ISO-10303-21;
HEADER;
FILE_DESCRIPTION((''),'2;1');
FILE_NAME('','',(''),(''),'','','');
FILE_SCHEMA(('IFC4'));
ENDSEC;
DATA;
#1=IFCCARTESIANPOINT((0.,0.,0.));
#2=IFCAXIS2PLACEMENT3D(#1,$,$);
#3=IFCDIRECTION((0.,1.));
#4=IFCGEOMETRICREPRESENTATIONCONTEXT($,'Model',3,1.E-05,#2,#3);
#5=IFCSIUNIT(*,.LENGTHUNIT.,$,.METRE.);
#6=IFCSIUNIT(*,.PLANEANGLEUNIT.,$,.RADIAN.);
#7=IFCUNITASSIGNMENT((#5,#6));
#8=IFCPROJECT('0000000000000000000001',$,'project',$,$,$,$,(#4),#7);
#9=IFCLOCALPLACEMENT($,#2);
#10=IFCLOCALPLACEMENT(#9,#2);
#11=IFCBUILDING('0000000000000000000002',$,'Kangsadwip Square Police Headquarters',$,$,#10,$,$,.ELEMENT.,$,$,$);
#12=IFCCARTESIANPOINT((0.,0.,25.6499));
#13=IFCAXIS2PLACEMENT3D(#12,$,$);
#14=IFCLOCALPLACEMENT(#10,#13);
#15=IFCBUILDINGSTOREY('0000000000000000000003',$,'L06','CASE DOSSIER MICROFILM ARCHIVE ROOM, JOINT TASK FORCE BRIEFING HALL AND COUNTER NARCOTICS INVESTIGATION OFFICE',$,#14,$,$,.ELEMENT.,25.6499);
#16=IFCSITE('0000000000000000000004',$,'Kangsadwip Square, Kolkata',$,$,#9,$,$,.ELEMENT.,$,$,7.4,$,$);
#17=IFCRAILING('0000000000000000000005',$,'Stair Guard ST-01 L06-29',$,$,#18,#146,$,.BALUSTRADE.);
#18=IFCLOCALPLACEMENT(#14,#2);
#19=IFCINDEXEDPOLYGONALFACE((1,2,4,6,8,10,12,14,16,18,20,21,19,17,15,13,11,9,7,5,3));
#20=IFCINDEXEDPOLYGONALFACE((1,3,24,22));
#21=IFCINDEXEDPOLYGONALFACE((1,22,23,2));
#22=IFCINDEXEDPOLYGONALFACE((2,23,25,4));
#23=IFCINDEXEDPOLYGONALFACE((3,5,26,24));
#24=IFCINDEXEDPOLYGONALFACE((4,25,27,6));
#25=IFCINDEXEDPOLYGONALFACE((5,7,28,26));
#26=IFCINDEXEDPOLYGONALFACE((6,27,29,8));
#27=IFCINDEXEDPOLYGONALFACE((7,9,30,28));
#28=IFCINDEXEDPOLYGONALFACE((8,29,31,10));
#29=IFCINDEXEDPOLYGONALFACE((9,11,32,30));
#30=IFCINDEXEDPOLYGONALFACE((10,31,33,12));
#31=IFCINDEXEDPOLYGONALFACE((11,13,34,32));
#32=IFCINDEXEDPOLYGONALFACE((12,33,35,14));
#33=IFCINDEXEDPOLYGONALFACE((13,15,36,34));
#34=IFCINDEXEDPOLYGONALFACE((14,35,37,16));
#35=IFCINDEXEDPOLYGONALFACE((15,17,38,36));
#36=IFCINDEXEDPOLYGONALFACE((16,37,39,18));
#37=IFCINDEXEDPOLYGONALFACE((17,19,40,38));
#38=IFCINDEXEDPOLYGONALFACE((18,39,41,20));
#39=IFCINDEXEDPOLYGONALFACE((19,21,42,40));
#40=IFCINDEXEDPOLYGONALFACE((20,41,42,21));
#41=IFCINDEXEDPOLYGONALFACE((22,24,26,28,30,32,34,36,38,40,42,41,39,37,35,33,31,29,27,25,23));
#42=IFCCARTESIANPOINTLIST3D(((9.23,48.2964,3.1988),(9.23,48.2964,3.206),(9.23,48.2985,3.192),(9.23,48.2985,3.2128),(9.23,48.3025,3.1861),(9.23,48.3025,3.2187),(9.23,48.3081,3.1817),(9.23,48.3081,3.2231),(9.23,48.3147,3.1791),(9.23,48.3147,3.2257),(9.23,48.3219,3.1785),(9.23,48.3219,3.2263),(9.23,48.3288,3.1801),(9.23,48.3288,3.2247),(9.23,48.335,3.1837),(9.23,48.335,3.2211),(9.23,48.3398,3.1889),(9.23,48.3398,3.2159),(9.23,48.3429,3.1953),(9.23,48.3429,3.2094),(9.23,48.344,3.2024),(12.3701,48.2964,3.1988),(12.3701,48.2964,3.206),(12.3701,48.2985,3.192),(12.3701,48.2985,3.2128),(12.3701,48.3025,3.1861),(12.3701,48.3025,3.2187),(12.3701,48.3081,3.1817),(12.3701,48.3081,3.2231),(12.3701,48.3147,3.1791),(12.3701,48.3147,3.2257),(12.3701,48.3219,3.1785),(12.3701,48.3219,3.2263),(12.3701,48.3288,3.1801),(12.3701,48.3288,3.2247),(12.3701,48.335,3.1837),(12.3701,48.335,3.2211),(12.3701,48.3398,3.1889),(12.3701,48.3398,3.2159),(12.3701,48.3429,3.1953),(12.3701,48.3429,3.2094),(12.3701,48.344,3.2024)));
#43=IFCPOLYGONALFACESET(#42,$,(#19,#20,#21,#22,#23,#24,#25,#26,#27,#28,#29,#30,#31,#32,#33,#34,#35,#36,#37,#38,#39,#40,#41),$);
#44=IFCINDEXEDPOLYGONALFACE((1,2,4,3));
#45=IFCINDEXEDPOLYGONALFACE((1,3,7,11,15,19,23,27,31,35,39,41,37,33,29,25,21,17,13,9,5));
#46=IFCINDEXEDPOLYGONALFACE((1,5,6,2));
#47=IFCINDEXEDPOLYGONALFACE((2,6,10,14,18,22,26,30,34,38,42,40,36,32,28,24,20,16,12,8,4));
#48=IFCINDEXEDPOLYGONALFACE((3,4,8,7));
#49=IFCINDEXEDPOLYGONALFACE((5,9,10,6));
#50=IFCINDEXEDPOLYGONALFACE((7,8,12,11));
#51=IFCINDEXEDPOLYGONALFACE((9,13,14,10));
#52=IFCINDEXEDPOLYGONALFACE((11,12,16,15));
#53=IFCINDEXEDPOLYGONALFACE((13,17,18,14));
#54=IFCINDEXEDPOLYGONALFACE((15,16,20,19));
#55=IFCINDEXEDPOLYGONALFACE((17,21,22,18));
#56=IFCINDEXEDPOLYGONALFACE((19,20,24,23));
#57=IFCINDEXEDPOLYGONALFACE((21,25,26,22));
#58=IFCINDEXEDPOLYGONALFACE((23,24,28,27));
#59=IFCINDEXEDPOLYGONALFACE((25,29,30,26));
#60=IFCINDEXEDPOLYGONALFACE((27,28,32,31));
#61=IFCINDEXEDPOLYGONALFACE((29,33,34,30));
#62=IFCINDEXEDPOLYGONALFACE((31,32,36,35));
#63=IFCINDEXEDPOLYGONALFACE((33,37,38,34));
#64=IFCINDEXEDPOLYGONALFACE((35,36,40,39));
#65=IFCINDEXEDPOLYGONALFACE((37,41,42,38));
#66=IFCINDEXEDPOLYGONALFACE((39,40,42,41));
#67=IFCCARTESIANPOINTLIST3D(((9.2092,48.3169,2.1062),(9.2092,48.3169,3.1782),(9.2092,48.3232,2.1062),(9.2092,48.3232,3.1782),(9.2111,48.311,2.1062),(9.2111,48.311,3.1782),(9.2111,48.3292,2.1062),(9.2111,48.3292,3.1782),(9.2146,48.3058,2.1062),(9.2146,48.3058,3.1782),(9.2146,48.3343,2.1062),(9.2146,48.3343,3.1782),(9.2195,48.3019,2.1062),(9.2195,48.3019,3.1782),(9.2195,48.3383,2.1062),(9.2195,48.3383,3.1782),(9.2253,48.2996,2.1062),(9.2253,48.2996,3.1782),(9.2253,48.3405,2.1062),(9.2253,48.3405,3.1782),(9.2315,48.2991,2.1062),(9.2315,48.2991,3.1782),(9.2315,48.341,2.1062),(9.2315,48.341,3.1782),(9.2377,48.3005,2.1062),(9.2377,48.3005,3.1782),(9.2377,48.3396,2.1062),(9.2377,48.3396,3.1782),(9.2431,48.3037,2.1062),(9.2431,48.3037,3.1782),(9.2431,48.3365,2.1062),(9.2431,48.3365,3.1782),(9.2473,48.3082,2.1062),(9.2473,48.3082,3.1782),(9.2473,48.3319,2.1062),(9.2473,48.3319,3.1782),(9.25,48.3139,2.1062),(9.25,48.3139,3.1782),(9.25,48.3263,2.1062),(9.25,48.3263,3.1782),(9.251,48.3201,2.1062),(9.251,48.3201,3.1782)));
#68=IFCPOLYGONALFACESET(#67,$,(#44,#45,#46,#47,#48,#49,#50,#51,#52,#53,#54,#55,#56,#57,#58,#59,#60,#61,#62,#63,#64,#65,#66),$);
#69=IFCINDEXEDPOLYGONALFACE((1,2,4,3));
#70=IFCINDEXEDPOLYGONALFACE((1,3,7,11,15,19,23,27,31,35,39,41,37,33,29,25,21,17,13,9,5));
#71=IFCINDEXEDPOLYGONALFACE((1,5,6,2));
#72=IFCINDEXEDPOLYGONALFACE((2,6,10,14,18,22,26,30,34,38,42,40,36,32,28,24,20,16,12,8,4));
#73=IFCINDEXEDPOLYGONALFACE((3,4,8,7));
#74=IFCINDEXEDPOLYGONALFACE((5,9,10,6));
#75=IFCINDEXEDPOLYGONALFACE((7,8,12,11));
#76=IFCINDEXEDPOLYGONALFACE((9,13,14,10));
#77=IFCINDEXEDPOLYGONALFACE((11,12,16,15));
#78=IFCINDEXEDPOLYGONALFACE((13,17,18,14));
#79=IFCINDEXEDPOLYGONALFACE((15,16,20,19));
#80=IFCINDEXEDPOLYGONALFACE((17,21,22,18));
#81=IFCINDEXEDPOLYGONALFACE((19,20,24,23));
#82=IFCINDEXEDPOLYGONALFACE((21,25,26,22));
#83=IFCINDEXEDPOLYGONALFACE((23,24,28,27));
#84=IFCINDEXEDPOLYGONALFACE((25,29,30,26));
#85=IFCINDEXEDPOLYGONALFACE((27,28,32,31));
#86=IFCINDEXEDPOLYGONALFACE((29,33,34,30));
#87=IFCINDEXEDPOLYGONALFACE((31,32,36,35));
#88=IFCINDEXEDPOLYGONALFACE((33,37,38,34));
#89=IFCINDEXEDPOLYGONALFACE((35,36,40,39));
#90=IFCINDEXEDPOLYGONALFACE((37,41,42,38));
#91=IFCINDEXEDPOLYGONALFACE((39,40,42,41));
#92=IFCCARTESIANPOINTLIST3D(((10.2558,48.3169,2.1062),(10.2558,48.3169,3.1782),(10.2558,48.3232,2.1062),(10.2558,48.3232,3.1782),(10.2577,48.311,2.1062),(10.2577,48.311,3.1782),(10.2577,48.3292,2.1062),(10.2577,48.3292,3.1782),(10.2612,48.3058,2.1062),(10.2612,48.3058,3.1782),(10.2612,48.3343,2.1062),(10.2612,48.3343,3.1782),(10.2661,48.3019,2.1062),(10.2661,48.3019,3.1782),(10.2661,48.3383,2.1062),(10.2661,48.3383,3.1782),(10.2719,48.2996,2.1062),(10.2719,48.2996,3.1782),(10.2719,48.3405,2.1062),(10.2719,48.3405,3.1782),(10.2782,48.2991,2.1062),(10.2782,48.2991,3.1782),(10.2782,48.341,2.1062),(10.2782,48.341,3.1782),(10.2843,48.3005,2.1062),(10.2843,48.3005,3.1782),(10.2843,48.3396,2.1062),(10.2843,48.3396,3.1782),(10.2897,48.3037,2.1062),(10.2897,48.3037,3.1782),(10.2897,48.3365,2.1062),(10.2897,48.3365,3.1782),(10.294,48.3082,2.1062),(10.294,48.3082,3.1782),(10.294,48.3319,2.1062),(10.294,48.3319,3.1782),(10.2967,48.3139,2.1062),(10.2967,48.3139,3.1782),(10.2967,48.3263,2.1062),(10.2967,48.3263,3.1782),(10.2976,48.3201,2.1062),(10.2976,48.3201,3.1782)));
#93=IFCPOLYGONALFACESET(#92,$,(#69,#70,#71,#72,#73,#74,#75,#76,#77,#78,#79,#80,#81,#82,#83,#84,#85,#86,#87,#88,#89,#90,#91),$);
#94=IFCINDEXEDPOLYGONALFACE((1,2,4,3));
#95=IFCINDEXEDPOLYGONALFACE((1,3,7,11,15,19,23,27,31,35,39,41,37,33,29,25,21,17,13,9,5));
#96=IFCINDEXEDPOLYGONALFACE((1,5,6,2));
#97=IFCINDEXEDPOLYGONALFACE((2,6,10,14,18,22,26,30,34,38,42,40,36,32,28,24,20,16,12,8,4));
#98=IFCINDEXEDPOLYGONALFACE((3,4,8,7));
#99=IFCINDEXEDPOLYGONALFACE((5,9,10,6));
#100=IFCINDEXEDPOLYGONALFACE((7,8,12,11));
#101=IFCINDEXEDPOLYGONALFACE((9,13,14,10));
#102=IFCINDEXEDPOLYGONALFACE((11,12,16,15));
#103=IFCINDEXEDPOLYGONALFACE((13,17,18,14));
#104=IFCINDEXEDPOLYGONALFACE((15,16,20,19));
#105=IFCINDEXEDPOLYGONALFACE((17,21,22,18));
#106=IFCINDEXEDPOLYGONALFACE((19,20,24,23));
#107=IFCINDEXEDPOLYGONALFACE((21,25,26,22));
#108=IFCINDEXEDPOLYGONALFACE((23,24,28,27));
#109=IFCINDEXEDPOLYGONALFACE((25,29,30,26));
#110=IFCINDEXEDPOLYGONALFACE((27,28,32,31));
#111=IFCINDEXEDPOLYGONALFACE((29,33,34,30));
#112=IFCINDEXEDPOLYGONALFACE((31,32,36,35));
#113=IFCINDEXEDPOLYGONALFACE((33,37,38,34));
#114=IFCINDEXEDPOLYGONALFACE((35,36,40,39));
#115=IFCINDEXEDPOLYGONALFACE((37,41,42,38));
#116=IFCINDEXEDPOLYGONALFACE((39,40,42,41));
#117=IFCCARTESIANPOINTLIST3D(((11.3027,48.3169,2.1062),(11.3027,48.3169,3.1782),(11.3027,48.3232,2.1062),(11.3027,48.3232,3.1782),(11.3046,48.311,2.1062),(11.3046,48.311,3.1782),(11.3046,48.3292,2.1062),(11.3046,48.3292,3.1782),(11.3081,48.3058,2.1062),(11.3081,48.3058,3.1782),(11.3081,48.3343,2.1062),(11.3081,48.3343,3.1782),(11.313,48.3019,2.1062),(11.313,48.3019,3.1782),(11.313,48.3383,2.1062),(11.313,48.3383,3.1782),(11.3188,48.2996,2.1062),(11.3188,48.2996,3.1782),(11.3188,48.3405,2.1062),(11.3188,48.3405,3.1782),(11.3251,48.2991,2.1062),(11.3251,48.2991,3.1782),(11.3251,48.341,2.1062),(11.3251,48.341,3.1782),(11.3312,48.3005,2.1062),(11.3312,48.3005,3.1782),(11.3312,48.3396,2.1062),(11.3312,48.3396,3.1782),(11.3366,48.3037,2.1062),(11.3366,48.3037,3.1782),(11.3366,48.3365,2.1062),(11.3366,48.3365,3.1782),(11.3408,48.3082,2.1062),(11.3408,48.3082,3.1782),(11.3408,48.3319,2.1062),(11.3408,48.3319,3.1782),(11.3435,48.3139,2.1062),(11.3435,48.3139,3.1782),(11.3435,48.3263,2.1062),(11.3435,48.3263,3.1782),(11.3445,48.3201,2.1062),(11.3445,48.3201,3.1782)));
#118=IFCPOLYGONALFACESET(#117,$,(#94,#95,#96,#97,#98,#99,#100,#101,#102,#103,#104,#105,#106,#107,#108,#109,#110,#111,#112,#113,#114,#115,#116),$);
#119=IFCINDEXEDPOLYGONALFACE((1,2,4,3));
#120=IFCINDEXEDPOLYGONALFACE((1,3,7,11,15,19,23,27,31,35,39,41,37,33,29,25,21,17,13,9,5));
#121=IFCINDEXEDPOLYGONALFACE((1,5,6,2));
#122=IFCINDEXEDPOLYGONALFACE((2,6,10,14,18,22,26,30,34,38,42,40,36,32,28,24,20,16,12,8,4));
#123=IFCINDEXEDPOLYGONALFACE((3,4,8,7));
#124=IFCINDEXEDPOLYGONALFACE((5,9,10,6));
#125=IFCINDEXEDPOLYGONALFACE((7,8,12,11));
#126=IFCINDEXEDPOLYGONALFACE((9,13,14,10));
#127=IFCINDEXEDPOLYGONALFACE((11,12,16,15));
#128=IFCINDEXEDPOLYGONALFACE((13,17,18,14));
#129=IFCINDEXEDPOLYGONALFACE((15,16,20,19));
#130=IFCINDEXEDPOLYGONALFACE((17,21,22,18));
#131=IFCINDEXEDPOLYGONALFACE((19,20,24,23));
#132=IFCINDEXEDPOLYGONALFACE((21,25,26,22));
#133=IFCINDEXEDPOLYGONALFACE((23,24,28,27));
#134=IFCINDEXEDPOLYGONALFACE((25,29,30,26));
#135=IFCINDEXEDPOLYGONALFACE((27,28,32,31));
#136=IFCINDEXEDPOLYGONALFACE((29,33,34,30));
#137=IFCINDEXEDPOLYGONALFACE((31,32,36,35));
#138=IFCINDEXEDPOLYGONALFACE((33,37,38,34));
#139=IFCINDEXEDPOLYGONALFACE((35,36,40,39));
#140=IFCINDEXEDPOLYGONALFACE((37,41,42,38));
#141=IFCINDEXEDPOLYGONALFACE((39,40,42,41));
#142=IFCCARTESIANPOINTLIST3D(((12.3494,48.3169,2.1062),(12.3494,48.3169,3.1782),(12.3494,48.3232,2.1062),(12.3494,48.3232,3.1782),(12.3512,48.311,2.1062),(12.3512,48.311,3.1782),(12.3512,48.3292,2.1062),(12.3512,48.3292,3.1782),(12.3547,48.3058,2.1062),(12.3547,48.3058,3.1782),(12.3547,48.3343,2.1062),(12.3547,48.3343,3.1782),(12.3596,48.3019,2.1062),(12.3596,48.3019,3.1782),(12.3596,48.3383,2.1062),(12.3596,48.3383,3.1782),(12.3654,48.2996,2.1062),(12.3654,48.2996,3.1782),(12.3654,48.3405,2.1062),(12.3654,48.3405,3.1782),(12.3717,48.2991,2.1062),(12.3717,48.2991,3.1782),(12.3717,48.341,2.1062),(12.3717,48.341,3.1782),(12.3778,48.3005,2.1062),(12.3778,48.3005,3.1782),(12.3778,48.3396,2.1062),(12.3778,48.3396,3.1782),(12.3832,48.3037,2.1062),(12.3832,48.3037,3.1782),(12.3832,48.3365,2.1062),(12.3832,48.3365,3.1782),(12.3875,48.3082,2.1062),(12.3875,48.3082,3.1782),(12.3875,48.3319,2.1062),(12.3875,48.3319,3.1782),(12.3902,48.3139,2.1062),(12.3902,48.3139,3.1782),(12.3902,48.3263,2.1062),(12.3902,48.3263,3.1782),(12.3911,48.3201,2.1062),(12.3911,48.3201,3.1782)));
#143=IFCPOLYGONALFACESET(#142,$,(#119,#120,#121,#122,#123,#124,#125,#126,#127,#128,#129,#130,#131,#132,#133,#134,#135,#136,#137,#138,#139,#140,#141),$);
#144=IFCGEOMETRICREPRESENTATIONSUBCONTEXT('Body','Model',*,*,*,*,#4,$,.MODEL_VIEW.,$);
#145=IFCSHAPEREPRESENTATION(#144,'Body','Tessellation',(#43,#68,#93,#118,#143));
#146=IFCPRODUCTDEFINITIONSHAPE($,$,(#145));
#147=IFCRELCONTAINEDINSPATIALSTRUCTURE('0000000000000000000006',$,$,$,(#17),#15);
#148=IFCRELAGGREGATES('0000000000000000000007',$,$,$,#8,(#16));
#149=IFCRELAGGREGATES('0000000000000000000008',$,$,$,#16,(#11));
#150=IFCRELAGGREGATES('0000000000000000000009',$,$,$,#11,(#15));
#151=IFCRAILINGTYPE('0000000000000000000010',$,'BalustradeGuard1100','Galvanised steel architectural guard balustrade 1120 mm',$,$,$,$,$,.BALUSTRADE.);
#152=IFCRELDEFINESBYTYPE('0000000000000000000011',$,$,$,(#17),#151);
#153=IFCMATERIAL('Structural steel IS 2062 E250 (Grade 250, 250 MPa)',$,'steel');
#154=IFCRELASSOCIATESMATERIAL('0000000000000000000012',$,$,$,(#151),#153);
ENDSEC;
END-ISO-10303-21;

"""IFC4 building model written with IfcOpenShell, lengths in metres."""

from ifc_helpers import new_model, si_unit, direction, frame, origin, origin_2d, place, context, subcontext, project, spatial, circle, extrude, material, type_object, element, save


model = new_model("IFC4")

# Units and contexts
model_context = context("Model", 3, precision=1e-05, world=origin(), true_north=direction((0.0, 1.0)))
body_context = subcontext(model_context, "Body", "Model", "MODEL_VIEW")
ifc_project = project(units=[si_unit("LENGTHUNIT", "METRE"), si_unit("PLANEANGLEUNIT", "RADIAN")], contexts=[model_context])

# Site, building, storey
site_placement = place(None, origin())
site = spatial("IfcSite", under=ifc_project, at=site_placement, Name="Kangsadwip Square, Kolkata", CompositionType="ELEMENT", RefElevation=7.4)
building_placement = place(site_placement, origin())
building = spatial("IfcBuilding", under=site, at=building_placement, Name="Kangsadwip Square Police Headquarters", CompositionType="ELEMENT")
storey_placement = place(building_placement, frame((0.0, 0.0, 25.6499)))
storey = spatial("IfcBuildingStorey", under=building, at=storey_placement, Name="L06", Description="CASE DOSSIER MICROFILM ARCHIVE ROOM, JOINT TASK FORCE BRIEFING HALL AND COUNTER NARCOTICS INVESTIGATION OFFICE", CompositionType="ELEMENT", Elevation=25.6499)

# Railing
ifc_material_1 = material(Name="Structural steel IS 2062 E250 (Grade 250, 250 MPa)", Category="steel")
railing_type_1 = type_object("IfcRailingType", Name="BalustradeGuard1100", Description="Galvanised steel architectural guard balustrade 1120 mm", PredefinedType="BALUSTRADE", material=ifc_material_1)
for number, where, name in (
    (1, (9.23, 48.3201, 2.1062), "Stair Guard ST-01 L06-29"),
):
    element("IfcRailing", number, at=place(storey_placement, frame(where)), inside=storey, type_object=railing_type_1, Name=name, PredefinedType="BALUSTRADE", context=body_context, shape_type="SweptSolid", body=[
        extrude(circle(Radius=0.0239, at=origin_2d()), frame((0.0, 0.0, 1.0962), z_axis=(1.0, 0.0, 0.0), x_axis=(0.0, 1.0, 0.0)), (0.0, 0.0, 1.0), 3.1401),
        extrude(circle(Radius=0.021, at=origin_2d()), origin(), (0.0, 0.0, 1.0), 1.072),
        extrude(circle(Radius=0.021, at=origin_2d()), frame((1.0466, 0.0, 0.0)), (0.0, 0.0, 1.0), 1.072),
        extrude(circle(Radius=0.021, at=origin_2d()), frame((2.0935, 0.0, 0.0)), (0.0, 0.0, 1.0), 1.072),
        extrude(circle(Radius=0.021, at=origin_2d()), frame((3.1401, 0.0, 0.0)), (0.0, 0.0, 1.0), 1.072),
    ])

save(model, "model.ifc")
